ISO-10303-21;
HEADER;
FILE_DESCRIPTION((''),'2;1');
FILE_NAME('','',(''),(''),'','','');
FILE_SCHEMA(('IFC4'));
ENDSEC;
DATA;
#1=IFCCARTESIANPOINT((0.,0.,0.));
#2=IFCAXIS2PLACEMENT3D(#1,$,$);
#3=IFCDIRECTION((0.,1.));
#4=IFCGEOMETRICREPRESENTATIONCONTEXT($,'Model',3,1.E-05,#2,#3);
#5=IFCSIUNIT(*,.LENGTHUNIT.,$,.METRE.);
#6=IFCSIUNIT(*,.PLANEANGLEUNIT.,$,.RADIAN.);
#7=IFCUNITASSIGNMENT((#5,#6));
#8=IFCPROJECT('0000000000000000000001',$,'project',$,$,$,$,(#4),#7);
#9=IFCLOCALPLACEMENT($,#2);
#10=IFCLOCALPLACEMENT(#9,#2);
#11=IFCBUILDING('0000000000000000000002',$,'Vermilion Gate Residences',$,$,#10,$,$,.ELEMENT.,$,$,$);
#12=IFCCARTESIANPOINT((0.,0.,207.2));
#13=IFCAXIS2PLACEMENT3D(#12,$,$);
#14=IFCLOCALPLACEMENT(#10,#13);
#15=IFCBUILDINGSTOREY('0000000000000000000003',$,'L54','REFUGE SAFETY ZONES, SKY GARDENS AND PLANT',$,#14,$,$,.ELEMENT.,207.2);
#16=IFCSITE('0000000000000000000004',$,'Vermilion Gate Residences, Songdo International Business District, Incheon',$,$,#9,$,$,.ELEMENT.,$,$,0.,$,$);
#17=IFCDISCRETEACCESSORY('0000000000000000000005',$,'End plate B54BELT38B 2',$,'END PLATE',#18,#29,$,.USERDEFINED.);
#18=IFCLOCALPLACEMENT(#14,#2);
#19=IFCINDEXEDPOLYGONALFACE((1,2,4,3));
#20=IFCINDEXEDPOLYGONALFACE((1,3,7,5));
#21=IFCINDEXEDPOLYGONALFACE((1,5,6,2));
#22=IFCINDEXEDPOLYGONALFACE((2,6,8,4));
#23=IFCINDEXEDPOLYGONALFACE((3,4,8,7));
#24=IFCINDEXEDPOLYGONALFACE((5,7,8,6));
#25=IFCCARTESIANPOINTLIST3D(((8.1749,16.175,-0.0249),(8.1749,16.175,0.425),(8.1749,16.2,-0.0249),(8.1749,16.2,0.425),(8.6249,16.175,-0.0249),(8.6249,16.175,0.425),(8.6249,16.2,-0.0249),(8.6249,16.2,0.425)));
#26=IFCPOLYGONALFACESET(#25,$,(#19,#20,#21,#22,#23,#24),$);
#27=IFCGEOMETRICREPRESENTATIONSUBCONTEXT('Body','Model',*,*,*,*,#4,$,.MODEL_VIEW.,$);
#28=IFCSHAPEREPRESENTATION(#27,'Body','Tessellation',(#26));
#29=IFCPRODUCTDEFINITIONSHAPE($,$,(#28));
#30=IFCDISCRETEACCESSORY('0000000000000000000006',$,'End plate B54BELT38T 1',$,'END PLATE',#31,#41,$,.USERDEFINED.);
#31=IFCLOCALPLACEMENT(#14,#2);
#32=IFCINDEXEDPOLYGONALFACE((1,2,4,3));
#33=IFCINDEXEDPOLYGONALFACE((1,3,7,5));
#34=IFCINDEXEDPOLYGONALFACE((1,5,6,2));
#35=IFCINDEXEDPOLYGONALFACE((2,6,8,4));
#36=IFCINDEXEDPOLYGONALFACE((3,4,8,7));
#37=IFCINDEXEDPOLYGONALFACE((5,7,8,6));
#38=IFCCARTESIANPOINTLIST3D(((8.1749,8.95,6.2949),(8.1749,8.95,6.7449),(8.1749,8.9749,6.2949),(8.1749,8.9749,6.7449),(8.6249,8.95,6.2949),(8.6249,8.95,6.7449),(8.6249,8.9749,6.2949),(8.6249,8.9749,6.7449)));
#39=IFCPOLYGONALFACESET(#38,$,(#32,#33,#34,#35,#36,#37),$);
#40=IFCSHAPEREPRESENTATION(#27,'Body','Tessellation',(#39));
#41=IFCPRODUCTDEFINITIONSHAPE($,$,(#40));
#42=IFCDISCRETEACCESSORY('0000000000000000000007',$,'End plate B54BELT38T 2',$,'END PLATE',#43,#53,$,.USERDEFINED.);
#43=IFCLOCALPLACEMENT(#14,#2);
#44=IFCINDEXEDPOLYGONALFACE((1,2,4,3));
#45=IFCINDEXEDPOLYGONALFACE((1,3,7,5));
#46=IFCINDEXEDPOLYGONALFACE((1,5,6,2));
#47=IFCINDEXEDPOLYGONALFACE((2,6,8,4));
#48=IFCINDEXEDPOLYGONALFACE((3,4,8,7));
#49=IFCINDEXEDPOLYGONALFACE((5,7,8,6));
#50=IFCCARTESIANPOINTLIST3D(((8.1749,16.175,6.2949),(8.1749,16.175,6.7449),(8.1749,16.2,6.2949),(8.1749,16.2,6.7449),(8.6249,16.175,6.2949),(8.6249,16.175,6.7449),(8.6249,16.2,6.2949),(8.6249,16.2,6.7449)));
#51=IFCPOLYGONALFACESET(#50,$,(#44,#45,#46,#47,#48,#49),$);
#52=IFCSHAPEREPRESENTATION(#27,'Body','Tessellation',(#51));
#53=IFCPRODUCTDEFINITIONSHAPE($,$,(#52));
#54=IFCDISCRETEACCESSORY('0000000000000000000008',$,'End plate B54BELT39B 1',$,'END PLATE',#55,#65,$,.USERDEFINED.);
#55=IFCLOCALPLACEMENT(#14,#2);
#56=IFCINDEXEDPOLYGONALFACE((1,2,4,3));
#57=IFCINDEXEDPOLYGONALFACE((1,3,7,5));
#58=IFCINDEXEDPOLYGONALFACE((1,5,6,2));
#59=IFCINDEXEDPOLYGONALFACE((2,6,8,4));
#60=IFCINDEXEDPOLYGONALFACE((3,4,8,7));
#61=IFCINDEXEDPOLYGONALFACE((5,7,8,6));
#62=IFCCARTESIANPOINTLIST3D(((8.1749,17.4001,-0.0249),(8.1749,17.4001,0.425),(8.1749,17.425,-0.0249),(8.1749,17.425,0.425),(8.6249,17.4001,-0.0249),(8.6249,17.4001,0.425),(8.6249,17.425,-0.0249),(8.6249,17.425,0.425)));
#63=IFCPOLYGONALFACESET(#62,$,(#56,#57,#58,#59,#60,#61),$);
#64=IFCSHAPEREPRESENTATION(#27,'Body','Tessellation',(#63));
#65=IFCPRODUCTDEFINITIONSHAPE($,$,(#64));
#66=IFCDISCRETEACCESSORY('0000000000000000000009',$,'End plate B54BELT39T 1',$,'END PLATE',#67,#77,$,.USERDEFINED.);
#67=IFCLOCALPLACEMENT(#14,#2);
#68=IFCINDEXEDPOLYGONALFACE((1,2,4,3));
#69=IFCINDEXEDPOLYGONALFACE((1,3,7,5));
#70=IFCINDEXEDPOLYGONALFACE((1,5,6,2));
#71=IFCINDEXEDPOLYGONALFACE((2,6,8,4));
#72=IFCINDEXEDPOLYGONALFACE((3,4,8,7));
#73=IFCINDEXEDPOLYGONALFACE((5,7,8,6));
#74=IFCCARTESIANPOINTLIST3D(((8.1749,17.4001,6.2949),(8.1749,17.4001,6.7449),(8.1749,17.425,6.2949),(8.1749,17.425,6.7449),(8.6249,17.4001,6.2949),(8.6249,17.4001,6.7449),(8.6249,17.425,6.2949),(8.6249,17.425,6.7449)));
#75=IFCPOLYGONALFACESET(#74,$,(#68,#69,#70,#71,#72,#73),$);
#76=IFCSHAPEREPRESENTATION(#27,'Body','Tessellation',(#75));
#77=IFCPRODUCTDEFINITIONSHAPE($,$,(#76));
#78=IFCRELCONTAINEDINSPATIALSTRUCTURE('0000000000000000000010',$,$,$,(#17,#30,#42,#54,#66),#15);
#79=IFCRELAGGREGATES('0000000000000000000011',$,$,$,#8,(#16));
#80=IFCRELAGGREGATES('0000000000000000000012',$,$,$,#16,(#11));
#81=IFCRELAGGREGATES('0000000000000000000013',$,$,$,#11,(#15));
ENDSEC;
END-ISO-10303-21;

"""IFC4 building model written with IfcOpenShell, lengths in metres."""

from ifc_helpers import new_model, si_unit, direction, frame, origin, origin_2d, place, context, subcontext, project, spatial, rectangle, extrude, element, save


model = new_model("IFC4")

# Units and contexts
model_context = context("Model", 3, precision=1e-05, world=origin(), true_north=direction((0.0, 1.0)))
body_context = subcontext(model_context, "Body", "Model", "MODEL_VIEW")
ifc_project = project(units=[si_unit("LENGTHUNIT", "METRE"), si_unit("PLANEANGLEUNIT", "RADIAN")], contexts=[model_context])

# Site, building, storey
site_placement = place(None, origin())
site = spatial("IfcSite", under=ifc_project, at=site_placement, Name="Vermilion Gate Residences, Songdo International Business District, Incheon", CompositionType="ELEMENT", RefElevation=0.0)
building_placement = place(site_placement, origin())
building = spatial("IfcBuilding", under=site, at=building_placement, Name="Vermilion Gate Residences", CompositionType="ELEMENT")
storey_placement = place(building_placement, frame((0.0, 0.0, 207.2)))
storey = spatial("IfcBuildingStorey", under=building, at=storey_placement, Name="L54", Description="REFUGE SAFETY ZONES, SKY GARDENS AND PLANT", CompositionType="ELEMENT", Elevation=207.2)

# Discrete accessories
for number, where, z_axis, x_axis, name in (
    (1, (8.3999, 16.1875, -0.0249), (0.0, 0.0, 1.0), (1.0, 0.0, 0.0), "End plate B54BELT38B 2"),
    (2, (8.3999, 8.9624, 6.2949), (0.0, 0.0, 1.0), (1.0, 0.0, 0.0), "End plate B54BELT38T 1"),
    (3, (8.3999, 16.1875, 6.2949), (0.0, 0.0, 1.0), (1.0, 0.0, 0.0), "End plate B54BELT38T 2"),
    (4, (8.3999, 17.4126, -0.0249), (0.0, 0.0, 1.0), (1.0, 0.0, 0.0), "End plate B54BELT39B 1"),
    (5, (8.3999, 17.4126, 6.2949), (0.0, 0.0, 1.0), (1.0, 0.0, 0.0), "End plate B54BELT39T 1"),
):
    element("IfcDiscreteAccessory", number, at=place(storey_placement, frame(where, z_axis=z_axis, x_axis=x_axis)), inside=storey, Name=name, ObjectType="END PLATE", PredefinedType="USERDEFINED", context=body_context, shape_type="SweptSolid", body=[
        extrude(rectangle(XDim=0.45, YDim=0.0249, at=origin_2d()), origin(), (0.0, 0.0, 1.0), 0.45),
    ])

save(model, "model.ifc")
